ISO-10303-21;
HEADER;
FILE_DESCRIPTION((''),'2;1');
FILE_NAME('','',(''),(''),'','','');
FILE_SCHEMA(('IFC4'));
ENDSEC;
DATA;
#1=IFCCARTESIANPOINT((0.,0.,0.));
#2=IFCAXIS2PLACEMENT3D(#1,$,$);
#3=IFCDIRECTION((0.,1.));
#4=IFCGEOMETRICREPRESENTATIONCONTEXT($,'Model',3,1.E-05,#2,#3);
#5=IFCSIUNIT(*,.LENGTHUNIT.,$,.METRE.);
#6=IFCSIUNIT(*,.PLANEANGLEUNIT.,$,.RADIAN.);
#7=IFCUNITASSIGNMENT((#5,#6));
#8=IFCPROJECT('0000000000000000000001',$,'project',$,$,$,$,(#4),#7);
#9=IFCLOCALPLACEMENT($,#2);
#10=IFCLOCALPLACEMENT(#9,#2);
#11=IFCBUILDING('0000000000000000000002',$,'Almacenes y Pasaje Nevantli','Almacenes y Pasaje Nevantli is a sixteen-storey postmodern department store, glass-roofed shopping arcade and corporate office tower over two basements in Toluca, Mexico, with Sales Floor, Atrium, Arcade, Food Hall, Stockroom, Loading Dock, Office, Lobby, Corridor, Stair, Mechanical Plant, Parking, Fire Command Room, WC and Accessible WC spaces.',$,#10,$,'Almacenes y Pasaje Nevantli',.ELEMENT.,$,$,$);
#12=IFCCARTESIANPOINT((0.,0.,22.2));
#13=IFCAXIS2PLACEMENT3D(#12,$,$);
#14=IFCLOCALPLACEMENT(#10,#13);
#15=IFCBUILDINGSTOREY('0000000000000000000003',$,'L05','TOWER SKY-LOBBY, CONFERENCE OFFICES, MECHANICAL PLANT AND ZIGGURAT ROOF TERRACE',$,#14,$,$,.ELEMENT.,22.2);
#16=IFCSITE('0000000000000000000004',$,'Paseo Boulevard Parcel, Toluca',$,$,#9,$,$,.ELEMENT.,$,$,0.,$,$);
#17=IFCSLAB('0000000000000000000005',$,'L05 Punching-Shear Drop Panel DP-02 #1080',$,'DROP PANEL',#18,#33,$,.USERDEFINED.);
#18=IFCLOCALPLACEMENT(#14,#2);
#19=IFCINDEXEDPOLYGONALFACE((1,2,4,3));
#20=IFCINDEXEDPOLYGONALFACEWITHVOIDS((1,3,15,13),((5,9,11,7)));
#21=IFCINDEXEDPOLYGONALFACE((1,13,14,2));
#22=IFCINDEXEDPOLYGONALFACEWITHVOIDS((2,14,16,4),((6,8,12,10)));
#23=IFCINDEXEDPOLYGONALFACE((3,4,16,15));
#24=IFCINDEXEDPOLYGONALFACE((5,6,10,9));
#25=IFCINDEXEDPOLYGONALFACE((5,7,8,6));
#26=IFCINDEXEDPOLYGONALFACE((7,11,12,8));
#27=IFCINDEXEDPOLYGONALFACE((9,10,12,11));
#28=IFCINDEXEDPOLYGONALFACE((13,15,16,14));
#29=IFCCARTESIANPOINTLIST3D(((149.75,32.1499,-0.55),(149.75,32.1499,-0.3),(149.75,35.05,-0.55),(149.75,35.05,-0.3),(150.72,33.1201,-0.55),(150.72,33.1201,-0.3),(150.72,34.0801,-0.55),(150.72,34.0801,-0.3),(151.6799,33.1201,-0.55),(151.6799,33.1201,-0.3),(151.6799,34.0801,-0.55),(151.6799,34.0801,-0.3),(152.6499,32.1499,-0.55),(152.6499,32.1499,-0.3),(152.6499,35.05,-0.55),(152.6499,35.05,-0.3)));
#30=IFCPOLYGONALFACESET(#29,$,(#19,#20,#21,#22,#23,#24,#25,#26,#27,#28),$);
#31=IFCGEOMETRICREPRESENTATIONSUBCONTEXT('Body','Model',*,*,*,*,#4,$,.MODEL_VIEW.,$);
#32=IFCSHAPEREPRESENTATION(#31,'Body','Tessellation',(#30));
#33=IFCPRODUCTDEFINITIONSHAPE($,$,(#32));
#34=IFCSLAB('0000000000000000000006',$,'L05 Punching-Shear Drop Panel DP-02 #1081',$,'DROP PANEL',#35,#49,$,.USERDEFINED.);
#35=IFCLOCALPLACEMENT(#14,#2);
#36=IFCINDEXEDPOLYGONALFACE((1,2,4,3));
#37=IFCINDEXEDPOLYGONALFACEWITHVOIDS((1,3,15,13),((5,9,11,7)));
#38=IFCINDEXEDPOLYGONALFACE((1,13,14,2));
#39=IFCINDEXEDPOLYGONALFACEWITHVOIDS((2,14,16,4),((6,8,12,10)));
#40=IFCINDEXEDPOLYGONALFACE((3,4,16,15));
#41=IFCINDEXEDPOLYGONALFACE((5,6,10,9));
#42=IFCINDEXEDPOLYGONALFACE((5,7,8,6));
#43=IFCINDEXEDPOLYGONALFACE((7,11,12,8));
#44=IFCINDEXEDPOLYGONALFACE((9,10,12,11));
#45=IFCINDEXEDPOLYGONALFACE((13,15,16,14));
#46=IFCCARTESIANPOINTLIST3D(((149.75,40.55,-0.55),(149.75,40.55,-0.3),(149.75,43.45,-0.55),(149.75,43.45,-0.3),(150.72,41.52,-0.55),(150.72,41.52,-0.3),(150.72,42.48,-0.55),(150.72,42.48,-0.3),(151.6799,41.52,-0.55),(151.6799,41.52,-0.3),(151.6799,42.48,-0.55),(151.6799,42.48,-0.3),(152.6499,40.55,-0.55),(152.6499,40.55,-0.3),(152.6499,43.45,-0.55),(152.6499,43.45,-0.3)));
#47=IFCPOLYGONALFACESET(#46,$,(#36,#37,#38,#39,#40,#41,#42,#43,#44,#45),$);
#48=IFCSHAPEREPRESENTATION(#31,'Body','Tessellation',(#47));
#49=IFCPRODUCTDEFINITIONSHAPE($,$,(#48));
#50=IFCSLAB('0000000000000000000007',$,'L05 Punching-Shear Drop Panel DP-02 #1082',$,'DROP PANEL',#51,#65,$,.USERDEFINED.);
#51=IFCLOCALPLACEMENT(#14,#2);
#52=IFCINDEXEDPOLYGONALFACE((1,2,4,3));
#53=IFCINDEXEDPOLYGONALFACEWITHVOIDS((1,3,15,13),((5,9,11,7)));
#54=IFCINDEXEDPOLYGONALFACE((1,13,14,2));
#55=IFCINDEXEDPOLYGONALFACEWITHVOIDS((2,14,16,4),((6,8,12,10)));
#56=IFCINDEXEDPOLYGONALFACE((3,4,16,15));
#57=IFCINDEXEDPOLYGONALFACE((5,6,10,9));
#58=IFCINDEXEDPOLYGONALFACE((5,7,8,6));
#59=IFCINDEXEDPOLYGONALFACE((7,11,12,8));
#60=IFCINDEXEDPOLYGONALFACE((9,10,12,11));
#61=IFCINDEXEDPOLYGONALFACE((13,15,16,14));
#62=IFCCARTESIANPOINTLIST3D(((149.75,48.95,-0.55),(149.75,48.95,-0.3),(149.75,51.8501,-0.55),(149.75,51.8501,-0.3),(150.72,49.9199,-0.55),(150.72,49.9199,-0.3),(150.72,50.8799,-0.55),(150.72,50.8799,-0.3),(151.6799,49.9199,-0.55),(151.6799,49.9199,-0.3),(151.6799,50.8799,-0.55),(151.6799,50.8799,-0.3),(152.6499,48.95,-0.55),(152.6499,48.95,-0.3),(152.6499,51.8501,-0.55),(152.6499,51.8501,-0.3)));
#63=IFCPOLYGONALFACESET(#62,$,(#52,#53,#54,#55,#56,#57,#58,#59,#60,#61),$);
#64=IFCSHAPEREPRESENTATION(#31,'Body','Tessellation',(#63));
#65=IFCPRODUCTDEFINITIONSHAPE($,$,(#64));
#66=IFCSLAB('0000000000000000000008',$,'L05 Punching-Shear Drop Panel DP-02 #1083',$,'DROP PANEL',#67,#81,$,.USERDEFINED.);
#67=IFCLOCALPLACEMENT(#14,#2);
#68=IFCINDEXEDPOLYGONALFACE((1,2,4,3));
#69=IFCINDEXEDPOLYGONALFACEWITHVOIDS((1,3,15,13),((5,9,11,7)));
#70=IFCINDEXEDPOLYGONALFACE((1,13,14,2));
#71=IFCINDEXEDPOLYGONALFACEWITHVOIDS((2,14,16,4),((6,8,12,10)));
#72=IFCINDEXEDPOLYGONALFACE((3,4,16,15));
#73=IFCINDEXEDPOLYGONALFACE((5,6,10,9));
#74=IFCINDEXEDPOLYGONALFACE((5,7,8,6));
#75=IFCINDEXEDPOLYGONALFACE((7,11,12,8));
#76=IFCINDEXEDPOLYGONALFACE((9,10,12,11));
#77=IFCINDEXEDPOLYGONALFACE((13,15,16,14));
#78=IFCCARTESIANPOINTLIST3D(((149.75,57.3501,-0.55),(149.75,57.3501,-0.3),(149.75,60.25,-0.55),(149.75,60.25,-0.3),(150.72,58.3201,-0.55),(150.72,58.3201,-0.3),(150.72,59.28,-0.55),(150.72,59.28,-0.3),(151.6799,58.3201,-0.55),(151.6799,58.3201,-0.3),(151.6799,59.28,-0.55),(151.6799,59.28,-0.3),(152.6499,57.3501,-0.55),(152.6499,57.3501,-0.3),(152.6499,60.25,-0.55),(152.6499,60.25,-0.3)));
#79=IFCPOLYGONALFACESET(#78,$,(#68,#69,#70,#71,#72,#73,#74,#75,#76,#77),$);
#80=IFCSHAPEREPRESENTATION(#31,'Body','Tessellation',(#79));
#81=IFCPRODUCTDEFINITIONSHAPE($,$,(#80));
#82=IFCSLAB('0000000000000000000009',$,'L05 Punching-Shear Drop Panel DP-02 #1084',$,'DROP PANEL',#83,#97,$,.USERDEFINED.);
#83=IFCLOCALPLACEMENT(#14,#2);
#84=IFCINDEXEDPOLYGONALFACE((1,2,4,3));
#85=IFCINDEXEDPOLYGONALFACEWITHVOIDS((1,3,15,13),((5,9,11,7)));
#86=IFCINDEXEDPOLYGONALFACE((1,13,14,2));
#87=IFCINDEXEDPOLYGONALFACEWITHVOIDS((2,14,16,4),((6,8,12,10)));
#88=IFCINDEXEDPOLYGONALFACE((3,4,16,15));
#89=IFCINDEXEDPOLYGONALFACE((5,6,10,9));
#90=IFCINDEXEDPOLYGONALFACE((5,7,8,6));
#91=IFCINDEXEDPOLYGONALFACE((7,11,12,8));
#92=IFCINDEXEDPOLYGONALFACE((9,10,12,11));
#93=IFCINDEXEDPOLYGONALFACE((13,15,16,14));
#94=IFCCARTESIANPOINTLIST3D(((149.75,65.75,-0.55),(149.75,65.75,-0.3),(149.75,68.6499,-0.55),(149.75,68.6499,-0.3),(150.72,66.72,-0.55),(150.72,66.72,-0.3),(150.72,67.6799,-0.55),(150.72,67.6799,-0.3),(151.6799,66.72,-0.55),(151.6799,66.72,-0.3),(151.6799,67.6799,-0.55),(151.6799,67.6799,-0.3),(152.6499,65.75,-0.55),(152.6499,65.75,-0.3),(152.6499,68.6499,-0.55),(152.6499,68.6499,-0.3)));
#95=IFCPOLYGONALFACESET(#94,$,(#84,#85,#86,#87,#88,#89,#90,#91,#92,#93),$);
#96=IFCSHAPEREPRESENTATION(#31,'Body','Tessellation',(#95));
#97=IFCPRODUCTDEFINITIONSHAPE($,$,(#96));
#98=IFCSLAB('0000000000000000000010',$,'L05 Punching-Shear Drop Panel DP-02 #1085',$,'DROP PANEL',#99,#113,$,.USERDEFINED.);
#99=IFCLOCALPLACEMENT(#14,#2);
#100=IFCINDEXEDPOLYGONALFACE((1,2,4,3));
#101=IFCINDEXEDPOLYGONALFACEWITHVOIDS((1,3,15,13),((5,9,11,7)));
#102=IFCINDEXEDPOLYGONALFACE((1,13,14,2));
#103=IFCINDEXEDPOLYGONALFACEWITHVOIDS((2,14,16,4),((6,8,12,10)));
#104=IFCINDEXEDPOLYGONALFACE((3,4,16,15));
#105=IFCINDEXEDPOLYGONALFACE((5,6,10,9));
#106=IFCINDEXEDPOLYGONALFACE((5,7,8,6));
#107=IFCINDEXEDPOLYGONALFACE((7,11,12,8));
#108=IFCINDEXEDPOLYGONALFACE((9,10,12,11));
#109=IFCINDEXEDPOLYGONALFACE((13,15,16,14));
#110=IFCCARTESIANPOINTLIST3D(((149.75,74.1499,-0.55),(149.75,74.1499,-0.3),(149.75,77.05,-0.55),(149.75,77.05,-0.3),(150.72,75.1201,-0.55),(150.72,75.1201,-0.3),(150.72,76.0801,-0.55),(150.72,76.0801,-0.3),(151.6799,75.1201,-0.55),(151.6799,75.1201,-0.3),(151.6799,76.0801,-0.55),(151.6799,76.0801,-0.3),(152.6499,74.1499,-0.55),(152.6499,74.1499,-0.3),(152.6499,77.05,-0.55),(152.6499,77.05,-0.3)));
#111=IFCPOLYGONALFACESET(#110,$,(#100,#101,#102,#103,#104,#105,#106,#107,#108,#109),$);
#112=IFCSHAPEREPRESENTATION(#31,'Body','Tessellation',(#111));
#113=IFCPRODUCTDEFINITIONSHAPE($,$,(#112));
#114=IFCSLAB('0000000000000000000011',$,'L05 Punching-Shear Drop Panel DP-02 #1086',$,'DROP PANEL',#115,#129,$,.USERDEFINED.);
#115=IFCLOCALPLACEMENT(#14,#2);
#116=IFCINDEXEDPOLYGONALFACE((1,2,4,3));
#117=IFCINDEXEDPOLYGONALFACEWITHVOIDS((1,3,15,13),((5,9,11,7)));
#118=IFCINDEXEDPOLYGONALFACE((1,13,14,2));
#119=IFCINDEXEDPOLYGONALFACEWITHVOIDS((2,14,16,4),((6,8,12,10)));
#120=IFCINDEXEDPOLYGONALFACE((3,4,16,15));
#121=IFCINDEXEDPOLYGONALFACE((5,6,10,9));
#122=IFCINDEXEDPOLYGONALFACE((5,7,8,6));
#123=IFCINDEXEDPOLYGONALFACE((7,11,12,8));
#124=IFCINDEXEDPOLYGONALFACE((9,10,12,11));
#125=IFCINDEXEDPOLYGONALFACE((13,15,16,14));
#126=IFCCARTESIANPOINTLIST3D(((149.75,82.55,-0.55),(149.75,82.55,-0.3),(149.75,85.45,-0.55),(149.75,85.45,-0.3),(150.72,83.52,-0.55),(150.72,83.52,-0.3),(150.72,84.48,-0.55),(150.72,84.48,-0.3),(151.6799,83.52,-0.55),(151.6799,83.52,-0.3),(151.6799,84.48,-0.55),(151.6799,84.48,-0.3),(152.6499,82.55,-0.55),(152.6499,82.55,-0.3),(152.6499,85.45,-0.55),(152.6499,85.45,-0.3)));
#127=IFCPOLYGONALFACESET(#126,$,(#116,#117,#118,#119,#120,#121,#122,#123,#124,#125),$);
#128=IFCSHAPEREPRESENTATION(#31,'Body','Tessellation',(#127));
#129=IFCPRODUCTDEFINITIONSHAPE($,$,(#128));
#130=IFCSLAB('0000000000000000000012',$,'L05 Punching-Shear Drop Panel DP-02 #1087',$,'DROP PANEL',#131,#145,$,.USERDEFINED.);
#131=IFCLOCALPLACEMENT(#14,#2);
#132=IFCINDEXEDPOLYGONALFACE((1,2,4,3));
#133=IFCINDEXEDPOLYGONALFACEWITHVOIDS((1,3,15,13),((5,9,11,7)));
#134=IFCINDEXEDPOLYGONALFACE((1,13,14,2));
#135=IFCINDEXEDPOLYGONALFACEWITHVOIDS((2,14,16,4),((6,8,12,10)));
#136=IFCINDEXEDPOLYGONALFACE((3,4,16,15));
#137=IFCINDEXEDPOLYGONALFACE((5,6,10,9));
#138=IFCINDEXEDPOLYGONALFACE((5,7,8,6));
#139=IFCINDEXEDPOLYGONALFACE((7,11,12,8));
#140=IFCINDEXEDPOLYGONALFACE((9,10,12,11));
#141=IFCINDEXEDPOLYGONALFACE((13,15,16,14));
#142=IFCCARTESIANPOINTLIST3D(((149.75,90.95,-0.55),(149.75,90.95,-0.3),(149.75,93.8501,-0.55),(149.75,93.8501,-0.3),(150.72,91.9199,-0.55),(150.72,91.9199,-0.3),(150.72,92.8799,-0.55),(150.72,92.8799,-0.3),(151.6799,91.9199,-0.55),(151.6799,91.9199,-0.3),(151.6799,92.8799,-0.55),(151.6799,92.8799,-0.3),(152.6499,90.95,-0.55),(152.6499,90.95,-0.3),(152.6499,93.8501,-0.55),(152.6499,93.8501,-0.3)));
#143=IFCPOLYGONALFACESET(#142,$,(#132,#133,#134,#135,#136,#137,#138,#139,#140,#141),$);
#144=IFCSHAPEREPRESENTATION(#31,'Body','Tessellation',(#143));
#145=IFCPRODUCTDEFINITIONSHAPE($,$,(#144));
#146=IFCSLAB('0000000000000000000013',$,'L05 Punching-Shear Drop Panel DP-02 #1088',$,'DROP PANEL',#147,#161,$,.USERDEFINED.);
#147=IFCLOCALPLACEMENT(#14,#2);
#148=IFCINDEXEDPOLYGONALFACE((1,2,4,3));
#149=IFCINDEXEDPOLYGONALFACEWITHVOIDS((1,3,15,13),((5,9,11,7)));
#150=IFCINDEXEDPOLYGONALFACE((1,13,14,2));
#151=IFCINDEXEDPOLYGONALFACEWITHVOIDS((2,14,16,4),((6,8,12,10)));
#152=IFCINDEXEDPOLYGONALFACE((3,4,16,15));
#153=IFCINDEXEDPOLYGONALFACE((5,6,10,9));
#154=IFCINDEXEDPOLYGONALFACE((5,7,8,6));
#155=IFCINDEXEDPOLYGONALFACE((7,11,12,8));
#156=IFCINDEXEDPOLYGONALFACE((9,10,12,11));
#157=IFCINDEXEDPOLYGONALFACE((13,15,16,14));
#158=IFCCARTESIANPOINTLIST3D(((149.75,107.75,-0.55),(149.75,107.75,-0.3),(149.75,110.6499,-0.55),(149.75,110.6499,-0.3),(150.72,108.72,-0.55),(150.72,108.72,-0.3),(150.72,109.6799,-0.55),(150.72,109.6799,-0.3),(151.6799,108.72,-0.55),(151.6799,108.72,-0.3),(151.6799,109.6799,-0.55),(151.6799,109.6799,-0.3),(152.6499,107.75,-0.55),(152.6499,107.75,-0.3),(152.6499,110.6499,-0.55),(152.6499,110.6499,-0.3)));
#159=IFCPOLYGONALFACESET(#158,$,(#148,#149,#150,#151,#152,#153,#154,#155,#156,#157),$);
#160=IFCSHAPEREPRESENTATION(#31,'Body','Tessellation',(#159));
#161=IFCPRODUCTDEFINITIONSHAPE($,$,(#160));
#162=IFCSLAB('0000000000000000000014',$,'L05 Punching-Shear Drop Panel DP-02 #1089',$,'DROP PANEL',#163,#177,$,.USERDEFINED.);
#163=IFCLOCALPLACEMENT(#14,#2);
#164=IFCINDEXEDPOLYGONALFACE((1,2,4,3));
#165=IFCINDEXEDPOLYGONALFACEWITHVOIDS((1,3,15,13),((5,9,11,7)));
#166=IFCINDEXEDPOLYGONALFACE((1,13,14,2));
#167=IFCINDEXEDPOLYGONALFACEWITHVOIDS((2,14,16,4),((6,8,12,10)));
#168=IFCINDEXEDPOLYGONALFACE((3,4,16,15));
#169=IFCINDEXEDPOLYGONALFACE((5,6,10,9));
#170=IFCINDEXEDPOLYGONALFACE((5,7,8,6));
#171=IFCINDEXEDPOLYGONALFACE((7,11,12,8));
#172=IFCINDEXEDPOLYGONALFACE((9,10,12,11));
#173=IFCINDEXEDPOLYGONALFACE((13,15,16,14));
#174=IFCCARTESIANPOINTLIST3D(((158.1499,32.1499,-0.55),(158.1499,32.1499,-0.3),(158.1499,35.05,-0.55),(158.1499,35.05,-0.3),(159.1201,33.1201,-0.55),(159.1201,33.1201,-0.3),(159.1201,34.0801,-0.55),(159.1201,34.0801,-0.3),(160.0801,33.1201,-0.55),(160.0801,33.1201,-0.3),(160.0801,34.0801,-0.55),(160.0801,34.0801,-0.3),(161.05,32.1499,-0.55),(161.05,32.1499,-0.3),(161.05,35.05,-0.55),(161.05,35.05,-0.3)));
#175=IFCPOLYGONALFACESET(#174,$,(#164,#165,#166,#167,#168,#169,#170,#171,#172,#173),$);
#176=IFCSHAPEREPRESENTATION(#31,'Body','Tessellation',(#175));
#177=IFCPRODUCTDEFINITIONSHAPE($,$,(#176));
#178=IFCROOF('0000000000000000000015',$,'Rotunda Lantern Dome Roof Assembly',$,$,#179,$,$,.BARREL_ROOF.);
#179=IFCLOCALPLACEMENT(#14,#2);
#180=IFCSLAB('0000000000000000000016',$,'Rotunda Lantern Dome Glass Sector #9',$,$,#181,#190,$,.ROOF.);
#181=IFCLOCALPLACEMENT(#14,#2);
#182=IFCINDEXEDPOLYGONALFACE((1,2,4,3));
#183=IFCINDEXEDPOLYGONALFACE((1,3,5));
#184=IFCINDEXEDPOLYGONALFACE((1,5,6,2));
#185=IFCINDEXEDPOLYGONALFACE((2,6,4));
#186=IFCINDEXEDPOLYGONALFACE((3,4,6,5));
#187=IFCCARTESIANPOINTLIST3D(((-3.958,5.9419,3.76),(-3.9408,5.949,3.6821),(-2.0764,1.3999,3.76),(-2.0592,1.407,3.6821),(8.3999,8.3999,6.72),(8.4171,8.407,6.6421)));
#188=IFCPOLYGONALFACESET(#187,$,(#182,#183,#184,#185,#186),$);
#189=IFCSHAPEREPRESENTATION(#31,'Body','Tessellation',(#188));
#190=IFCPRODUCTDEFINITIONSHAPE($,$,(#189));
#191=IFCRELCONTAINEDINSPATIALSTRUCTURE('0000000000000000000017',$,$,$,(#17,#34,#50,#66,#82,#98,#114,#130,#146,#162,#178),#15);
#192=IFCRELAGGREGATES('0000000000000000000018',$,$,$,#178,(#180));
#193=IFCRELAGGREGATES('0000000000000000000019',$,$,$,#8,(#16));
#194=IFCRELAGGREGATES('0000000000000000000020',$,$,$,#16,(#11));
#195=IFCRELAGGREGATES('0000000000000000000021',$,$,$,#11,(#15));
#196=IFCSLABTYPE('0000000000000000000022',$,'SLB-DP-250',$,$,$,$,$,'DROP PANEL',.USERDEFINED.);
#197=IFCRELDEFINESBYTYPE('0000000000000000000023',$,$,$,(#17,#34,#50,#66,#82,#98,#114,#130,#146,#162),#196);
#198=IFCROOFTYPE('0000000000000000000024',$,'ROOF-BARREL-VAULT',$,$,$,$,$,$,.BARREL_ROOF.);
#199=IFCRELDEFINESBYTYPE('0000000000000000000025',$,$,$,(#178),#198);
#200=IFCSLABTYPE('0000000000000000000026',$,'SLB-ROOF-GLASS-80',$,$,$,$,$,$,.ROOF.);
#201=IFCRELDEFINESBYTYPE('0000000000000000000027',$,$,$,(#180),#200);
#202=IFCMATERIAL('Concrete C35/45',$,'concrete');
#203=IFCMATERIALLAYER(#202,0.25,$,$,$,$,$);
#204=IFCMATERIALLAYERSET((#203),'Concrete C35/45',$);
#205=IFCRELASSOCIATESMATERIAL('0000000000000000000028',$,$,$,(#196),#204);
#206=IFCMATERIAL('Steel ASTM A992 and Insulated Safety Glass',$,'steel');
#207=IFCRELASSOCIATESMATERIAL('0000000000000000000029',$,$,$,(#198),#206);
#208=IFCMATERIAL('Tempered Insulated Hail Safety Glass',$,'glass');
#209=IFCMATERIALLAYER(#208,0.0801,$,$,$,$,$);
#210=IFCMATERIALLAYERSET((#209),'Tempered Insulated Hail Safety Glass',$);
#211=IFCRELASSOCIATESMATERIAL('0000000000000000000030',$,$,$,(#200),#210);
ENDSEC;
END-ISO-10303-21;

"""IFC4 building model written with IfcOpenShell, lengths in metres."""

from ifc_helpers import new_model, si_unit, direction, frame, origin, place, context, subcontext, project, spatial, polyline, outline, extrude, material, layer, layer_set, type_object, element, aggregate, save


model = new_model("IFC4")

# Units and contexts
model_context = context("Model", 3, precision=1e-05, world=origin(), true_north=direction((0.0, 1.0)))
body_context = subcontext(model_context, "Body", "Model", "MODEL_VIEW")
ifc_project = project(units=[si_unit("LENGTHUNIT", "METRE"), si_unit("PLANEANGLEUNIT", "RADIAN")], contexts=[model_context])

# Site, building, storey
site_placement = place(None, origin())
site = spatial("IfcSite", under=ifc_project, at=site_placement, Name="Paseo Boulevard Parcel, Toluca", CompositionType="ELEMENT", RefElevation=0.0)
building_placement = place(site_placement, origin())
building = spatial("IfcBuilding", under=site, at=building_placement, Name="Almacenes y Pasaje Nevantli", Description="Almacenes y Pasaje Nevantli is a sixteen-storey postmodern department store, glass-roofed shopping arcade and corporate office tower over two basements in Toluca, Mexico, with Sales Floor, Atrium, Arcade, Food Hall, Stockroom, Loading Dock, Office, Lobby, Corridor, Stair, Mechanical Plant, Parking, Fire Command Room, WC and Accessible WC spaces.", LongName="Almacenes y Pasaje Nevantli", CompositionType="ELEMENT")
storey_placement = place(building_placement, frame((0.0, 0.0, 22.2)))
storey = spatial("IfcBuildingStorey", under=building, at=storey_placement, Name="L05", Description="TOWER SKY-LOBBY, CONFERENCE OFFICES, MECHANICAL PLANT AND ZIGGURAT ROOF TERRACE", CompositionType="ELEMENT", Elevation=22.2)

# Slabs
ifc_material_1 = material(Name="Concrete C35/45", Category="concrete")
ifc_layer_1 = layer(ifc_material_1, 0.25)
ifc_layer_set_1 = layer_set([ifc_layer_1], Name="Concrete C35/45")
slab_type_1 = type_object("IfcSlabType", Name="SLB-DP-250", ElementType="DROP PANEL", PredefinedType="USERDEFINED", material=ifc_layer_set_1)
slab_1_placement = place(storey_placement, frame((0.0, 0.0, -0.55)))
element("IfcSlab", 1, at=slab_1_placement, inside=storey, type_object=slab_type_1, Name="L05 Punching-Shear Drop Panel DP-02 #1080", ObjectType="DROP PANEL", PredefinedType="USERDEFINED", context=body_context, shape_type="SweptSolid", body=[
    extrude(outline(polyline([(149.75, 32.1499), (152.6499, 32.1499), (152.6499, 35.05), (149.75, 35.05), (149.75, 32.1499)]), holes=[polyline([(150.72, 33.1201), (151.6799, 33.1201), (151.6799, 34.0801), (150.72, 34.0801), (150.72, 33.1201)])]), origin(), (0.0, 0.0, 1.0), 0.25),
])
slab_2_placement = place(storey_placement, frame((0.0, 0.0, -0.55)))
element("IfcSlab", 2, at=slab_2_placement, inside=storey, type_object=slab_type_1, Name="L05 Punching-Shear Drop Panel DP-02 #1081", ObjectType="DROP PANEL", PredefinedType="USERDEFINED", context=body_context, shape_type="SweptSolid", body=[
    extrude(outline(polyline([(149.75, 40.55), (152.6499, 40.55), (152.6499, 43.45), (149.75, 43.45), (149.75, 40.55)]), holes=[polyline([(150.72, 41.52), (151.6799, 41.52), (151.6799, 42.48), (150.72, 42.48), (150.72, 41.52)])]), origin(), (0.0, 0.0, 1.0), 0.25),
])
slab_3_placement = place(storey_placement, frame((0.0, 0.0, -0.55)))
element("IfcSlab", 3, at=slab_3_placement, inside=storey, type_object=slab_type_1, Name="L05 Punching-Shear Drop Panel DP-02 #1082", ObjectType="DROP PANEL", PredefinedType="USERDEFINED", context=body_context, shape_type="SweptSolid", body=[
    extrude(outline(polyline([(149.75, 48.95), (152.6499, 48.95), (152.6499, 51.8501), (149.75, 51.8501), (149.75, 48.95)]), holes=[polyline([(150.72, 49.9199), (151.6799, 49.9199), (151.6799, 50.8799), (150.72, 50.8799), (150.72, 49.9199)])]), origin(), (0.0, 0.0, 1.0), 0.25),
])
slab_4_placement = place(storey_placement, frame((0.0, 0.0, -0.55)))
element("IfcSlab", 4, at=slab_4_placement, inside=storey, type_object=slab_type_1, Name="L05 Punching-Shear Drop Panel DP-02 #1083", ObjectType="DROP PANEL", PredefinedType="USERDEFINED", context=body_context, shape_type="SweptSolid", body=[
    extrude(outline(polyline([(149.75, 57.3501), (152.6499, 57.3501), (152.6499, 60.25), (149.75, 60.25), (149.75, 57.3501)]), holes=[polyline([(150.72, 58.3201), (151.6799, 58.3201), (151.6799, 59.28), (150.72, 59.28), (150.72, 58.3201)])]), origin(), (0.0, 0.0, 1.0), 0.25),
])
slab_5_placement = place(storey_placement, frame((0.0, 0.0, -0.55)))
element("IfcSlab", 5, at=slab_5_placement, inside=storey, type_object=slab_type_1, Name="L05 Punching-Shear Drop Panel DP-02 #1084", ObjectType="DROP PANEL", PredefinedType="USERDEFINED", context=body_context, shape_type="SweptSolid", body=[
    extrude(outline(polyline([(149.75, 65.75), (152.6499, 65.75), (152.6499, 68.6499), (149.75, 68.6499), (149.75, 65.75)]), holes=[polyline([(150.72, 66.72), (151.6799, 66.72), (151.6799, 67.6799), (150.72, 67.6799), (150.72, 66.72)])]), origin(), (0.0, 0.0, 1.0), 0.25),
])
slab_6_placement = place(storey_placement, frame((0.0, 0.0, -0.55)))
element("IfcSlab", 6, at=slab_6_placement, inside=storey, type_object=slab_type_1, Name="L05 Punching-Shear Drop Panel DP-02 #1085", ObjectType="DROP PANEL", PredefinedType="USERDEFINED", context=body_context, shape_type="SweptSolid", body=[
    extrude(outline(polyline([(149.75, 74.1499), (152.6499, 74.1499), (152.6499, 77.05), (149.75, 77.05), (149.75, 74.1499)]), holes=[polyline([(150.72, 75.1201), (151.6799, 75.1201), (151.6799, 76.0801), (150.72, 76.0801), (150.72, 75.1201)])]), origin(), (0.0, 0.0, 1.0), 0.25),
])
slab_7_placement = place(storey_placement, frame((0.0, 0.0, -0.55)))
element("IfcSlab", 7, at=slab_7_placement, inside=storey, type_object=slab_type_1, Name="L05 Punching-Shear Drop Panel DP-02 #1086", ObjectType="DROP PANEL", PredefinedType="USERDEFINED", context=body_context, shape_type="SweptSolid", body=[
    extrude(outline(polyline([(149.75, 82.55), (152.6499, 82.55), (152.6499, 85.45), (149.75, 85.45), (149.75, 82.55)]), holes=[polyline([(150.72, 83.52), (151.6799, 83.52), (151.6799, 84.48), (150.72, 84.48), (150.72, 83.52)])]), origin(), (0.0, 0.0, 1.0), 0.25),
])
slab_8_placement = place(storey_placement, frame((0.0, 0.0, -0.55)))
element("IfcSlab", 8, at=slab_8_placement, inside=storey, type_object=slab_type_1, Name="L05 Punching-Shear Drop Panel DP-02 #1087", ObjectType="DROP PANEL", PredefinedType="USERDEFINED", context=body_context, shape_type="SweptSolid", body=[
    extrude(outline(polyline([(149.75, 90.95), (152.6499, 90.95), (152.6499, 93.8501), (149.75, 93.8501), (149.75, 90.95)]), holes=[polyline([(150.72, 91.9199), (151.6799, 91.9199), (151.6799, 92.8799), (150.72, 92.8799), (150.72, 91.9199)])]), origin(), (0.0, 0.0, 1.0), 0.25),
])
slab_9_placement = place(storey_placement, frame((0.0, 0.0, -0.55)))
element("IfcSlab", 9, at=slab_9_placement, inside=storey, type_object=slab_type_1, Name="L05 Punching-Shear Drop Panel DP-02 #1088", ObjectType="DROP PANEL", PredefinedType="USERDEFINED", context=body_context, shape_type="SweptSolid", body=[
    extrude(outline(polyline([(149.75, 107.75), (152.6499, 107.75), (152.6499, 110.6499), (149.75, 110.6499), (149.75, 107.75)]), holes=[polyline([(150.72, 108.72), (151.6799, 108.72), (151.6799, 109.6799), (150.72, 109.6799), (150.72, 108.72)])]), origin(), (0.0, 0.0, 1.0), 0.25),
])
slab_10_placement = place(storey_placement, frame((0.0, 0.0, -0.55)))
element("IfcSlab", 10, at=slab_10_placement, inside=storey, type_object=slab_type_1, Name="L05 Punching-Shear Drop Panel DP-02 #1089", ObjectType="DROP PANEL", PredefinedType="USERDEFINED", context=body_context, shape_type="SweptSolid", body=[
    extrude(outline(polyline([(158.1499, 32.1499), (161.05, 32.1499), (161.05, 35.05), (158.1499, 35.05), (158.1499, 32.1499)]), holes=[polyline([(159.1201, 33.1201), (160.0801, 33.1201), (160.0801, 34.0801), (159.1201, 34.0801), (159.1201, 33.1201)])]), origin(), (0.0, 0.0, 1.0), 0.25),
])

# Roof, slab
ifc_material_2 = material(Name="Steel ASTM A992 and Insulated Safety Glass", Category="steel")
roof_type = type_object("IfcRoofType", Name="ROOF-BARREL-VAULT", PredefinedType="BARREL_ROOF", material=ifc_material_2)
roof_placement = place(storey_placement, origin())
roof = element("IfcRoof", 11, at=roof_placement, inside=storey, type_object=roof_type, Name="Rotunda Lantern Dome Roof Assembly", PredefinedType="BARREL_ROOF")
ifc_material_3 = material(Name="Tempered Insulated Hail Safety Glass", Category="glass")
ifc_layer_2 = layer(ifc_material_3, 0.0801)
ifc_layer_set_2 = layer_set([ifc_layer_2], Name="Tempered Insulated Hail Safety Glass")
slab_type_2 = type_object("IfcSlabType", Name="SLB-ROOF-GLASS-80", PredefinedType="ROOF", material=ifc_layer_set_2)
slab_11_placement = place(storey_placement, frame((-3.958, 5.9419, 3.76), z_axis=(-0.215199, -0.08915, 0.972493), x_axis=(0.382725, -0.923862, 0.0)))
slab_11 = element("IfcSlab", 12, at=slab_11_placement, type_object=slab_type_2, Name="Rotunda Lantern Dome Glass Sector #9", PredefinedType="ROOF", context=body_context, shape_type="SweptSolid", body=[
    extrude(outline(polyline([(0.0, 0.0), (4.9163, 0.0), (2.4588, 12.7073), (0.0, 0.0)])), origin(), (0.0, 0.0, -1.0), 0.0801),
])
aggregate(roof, [slab_11])

save(model, "model.ifc")
